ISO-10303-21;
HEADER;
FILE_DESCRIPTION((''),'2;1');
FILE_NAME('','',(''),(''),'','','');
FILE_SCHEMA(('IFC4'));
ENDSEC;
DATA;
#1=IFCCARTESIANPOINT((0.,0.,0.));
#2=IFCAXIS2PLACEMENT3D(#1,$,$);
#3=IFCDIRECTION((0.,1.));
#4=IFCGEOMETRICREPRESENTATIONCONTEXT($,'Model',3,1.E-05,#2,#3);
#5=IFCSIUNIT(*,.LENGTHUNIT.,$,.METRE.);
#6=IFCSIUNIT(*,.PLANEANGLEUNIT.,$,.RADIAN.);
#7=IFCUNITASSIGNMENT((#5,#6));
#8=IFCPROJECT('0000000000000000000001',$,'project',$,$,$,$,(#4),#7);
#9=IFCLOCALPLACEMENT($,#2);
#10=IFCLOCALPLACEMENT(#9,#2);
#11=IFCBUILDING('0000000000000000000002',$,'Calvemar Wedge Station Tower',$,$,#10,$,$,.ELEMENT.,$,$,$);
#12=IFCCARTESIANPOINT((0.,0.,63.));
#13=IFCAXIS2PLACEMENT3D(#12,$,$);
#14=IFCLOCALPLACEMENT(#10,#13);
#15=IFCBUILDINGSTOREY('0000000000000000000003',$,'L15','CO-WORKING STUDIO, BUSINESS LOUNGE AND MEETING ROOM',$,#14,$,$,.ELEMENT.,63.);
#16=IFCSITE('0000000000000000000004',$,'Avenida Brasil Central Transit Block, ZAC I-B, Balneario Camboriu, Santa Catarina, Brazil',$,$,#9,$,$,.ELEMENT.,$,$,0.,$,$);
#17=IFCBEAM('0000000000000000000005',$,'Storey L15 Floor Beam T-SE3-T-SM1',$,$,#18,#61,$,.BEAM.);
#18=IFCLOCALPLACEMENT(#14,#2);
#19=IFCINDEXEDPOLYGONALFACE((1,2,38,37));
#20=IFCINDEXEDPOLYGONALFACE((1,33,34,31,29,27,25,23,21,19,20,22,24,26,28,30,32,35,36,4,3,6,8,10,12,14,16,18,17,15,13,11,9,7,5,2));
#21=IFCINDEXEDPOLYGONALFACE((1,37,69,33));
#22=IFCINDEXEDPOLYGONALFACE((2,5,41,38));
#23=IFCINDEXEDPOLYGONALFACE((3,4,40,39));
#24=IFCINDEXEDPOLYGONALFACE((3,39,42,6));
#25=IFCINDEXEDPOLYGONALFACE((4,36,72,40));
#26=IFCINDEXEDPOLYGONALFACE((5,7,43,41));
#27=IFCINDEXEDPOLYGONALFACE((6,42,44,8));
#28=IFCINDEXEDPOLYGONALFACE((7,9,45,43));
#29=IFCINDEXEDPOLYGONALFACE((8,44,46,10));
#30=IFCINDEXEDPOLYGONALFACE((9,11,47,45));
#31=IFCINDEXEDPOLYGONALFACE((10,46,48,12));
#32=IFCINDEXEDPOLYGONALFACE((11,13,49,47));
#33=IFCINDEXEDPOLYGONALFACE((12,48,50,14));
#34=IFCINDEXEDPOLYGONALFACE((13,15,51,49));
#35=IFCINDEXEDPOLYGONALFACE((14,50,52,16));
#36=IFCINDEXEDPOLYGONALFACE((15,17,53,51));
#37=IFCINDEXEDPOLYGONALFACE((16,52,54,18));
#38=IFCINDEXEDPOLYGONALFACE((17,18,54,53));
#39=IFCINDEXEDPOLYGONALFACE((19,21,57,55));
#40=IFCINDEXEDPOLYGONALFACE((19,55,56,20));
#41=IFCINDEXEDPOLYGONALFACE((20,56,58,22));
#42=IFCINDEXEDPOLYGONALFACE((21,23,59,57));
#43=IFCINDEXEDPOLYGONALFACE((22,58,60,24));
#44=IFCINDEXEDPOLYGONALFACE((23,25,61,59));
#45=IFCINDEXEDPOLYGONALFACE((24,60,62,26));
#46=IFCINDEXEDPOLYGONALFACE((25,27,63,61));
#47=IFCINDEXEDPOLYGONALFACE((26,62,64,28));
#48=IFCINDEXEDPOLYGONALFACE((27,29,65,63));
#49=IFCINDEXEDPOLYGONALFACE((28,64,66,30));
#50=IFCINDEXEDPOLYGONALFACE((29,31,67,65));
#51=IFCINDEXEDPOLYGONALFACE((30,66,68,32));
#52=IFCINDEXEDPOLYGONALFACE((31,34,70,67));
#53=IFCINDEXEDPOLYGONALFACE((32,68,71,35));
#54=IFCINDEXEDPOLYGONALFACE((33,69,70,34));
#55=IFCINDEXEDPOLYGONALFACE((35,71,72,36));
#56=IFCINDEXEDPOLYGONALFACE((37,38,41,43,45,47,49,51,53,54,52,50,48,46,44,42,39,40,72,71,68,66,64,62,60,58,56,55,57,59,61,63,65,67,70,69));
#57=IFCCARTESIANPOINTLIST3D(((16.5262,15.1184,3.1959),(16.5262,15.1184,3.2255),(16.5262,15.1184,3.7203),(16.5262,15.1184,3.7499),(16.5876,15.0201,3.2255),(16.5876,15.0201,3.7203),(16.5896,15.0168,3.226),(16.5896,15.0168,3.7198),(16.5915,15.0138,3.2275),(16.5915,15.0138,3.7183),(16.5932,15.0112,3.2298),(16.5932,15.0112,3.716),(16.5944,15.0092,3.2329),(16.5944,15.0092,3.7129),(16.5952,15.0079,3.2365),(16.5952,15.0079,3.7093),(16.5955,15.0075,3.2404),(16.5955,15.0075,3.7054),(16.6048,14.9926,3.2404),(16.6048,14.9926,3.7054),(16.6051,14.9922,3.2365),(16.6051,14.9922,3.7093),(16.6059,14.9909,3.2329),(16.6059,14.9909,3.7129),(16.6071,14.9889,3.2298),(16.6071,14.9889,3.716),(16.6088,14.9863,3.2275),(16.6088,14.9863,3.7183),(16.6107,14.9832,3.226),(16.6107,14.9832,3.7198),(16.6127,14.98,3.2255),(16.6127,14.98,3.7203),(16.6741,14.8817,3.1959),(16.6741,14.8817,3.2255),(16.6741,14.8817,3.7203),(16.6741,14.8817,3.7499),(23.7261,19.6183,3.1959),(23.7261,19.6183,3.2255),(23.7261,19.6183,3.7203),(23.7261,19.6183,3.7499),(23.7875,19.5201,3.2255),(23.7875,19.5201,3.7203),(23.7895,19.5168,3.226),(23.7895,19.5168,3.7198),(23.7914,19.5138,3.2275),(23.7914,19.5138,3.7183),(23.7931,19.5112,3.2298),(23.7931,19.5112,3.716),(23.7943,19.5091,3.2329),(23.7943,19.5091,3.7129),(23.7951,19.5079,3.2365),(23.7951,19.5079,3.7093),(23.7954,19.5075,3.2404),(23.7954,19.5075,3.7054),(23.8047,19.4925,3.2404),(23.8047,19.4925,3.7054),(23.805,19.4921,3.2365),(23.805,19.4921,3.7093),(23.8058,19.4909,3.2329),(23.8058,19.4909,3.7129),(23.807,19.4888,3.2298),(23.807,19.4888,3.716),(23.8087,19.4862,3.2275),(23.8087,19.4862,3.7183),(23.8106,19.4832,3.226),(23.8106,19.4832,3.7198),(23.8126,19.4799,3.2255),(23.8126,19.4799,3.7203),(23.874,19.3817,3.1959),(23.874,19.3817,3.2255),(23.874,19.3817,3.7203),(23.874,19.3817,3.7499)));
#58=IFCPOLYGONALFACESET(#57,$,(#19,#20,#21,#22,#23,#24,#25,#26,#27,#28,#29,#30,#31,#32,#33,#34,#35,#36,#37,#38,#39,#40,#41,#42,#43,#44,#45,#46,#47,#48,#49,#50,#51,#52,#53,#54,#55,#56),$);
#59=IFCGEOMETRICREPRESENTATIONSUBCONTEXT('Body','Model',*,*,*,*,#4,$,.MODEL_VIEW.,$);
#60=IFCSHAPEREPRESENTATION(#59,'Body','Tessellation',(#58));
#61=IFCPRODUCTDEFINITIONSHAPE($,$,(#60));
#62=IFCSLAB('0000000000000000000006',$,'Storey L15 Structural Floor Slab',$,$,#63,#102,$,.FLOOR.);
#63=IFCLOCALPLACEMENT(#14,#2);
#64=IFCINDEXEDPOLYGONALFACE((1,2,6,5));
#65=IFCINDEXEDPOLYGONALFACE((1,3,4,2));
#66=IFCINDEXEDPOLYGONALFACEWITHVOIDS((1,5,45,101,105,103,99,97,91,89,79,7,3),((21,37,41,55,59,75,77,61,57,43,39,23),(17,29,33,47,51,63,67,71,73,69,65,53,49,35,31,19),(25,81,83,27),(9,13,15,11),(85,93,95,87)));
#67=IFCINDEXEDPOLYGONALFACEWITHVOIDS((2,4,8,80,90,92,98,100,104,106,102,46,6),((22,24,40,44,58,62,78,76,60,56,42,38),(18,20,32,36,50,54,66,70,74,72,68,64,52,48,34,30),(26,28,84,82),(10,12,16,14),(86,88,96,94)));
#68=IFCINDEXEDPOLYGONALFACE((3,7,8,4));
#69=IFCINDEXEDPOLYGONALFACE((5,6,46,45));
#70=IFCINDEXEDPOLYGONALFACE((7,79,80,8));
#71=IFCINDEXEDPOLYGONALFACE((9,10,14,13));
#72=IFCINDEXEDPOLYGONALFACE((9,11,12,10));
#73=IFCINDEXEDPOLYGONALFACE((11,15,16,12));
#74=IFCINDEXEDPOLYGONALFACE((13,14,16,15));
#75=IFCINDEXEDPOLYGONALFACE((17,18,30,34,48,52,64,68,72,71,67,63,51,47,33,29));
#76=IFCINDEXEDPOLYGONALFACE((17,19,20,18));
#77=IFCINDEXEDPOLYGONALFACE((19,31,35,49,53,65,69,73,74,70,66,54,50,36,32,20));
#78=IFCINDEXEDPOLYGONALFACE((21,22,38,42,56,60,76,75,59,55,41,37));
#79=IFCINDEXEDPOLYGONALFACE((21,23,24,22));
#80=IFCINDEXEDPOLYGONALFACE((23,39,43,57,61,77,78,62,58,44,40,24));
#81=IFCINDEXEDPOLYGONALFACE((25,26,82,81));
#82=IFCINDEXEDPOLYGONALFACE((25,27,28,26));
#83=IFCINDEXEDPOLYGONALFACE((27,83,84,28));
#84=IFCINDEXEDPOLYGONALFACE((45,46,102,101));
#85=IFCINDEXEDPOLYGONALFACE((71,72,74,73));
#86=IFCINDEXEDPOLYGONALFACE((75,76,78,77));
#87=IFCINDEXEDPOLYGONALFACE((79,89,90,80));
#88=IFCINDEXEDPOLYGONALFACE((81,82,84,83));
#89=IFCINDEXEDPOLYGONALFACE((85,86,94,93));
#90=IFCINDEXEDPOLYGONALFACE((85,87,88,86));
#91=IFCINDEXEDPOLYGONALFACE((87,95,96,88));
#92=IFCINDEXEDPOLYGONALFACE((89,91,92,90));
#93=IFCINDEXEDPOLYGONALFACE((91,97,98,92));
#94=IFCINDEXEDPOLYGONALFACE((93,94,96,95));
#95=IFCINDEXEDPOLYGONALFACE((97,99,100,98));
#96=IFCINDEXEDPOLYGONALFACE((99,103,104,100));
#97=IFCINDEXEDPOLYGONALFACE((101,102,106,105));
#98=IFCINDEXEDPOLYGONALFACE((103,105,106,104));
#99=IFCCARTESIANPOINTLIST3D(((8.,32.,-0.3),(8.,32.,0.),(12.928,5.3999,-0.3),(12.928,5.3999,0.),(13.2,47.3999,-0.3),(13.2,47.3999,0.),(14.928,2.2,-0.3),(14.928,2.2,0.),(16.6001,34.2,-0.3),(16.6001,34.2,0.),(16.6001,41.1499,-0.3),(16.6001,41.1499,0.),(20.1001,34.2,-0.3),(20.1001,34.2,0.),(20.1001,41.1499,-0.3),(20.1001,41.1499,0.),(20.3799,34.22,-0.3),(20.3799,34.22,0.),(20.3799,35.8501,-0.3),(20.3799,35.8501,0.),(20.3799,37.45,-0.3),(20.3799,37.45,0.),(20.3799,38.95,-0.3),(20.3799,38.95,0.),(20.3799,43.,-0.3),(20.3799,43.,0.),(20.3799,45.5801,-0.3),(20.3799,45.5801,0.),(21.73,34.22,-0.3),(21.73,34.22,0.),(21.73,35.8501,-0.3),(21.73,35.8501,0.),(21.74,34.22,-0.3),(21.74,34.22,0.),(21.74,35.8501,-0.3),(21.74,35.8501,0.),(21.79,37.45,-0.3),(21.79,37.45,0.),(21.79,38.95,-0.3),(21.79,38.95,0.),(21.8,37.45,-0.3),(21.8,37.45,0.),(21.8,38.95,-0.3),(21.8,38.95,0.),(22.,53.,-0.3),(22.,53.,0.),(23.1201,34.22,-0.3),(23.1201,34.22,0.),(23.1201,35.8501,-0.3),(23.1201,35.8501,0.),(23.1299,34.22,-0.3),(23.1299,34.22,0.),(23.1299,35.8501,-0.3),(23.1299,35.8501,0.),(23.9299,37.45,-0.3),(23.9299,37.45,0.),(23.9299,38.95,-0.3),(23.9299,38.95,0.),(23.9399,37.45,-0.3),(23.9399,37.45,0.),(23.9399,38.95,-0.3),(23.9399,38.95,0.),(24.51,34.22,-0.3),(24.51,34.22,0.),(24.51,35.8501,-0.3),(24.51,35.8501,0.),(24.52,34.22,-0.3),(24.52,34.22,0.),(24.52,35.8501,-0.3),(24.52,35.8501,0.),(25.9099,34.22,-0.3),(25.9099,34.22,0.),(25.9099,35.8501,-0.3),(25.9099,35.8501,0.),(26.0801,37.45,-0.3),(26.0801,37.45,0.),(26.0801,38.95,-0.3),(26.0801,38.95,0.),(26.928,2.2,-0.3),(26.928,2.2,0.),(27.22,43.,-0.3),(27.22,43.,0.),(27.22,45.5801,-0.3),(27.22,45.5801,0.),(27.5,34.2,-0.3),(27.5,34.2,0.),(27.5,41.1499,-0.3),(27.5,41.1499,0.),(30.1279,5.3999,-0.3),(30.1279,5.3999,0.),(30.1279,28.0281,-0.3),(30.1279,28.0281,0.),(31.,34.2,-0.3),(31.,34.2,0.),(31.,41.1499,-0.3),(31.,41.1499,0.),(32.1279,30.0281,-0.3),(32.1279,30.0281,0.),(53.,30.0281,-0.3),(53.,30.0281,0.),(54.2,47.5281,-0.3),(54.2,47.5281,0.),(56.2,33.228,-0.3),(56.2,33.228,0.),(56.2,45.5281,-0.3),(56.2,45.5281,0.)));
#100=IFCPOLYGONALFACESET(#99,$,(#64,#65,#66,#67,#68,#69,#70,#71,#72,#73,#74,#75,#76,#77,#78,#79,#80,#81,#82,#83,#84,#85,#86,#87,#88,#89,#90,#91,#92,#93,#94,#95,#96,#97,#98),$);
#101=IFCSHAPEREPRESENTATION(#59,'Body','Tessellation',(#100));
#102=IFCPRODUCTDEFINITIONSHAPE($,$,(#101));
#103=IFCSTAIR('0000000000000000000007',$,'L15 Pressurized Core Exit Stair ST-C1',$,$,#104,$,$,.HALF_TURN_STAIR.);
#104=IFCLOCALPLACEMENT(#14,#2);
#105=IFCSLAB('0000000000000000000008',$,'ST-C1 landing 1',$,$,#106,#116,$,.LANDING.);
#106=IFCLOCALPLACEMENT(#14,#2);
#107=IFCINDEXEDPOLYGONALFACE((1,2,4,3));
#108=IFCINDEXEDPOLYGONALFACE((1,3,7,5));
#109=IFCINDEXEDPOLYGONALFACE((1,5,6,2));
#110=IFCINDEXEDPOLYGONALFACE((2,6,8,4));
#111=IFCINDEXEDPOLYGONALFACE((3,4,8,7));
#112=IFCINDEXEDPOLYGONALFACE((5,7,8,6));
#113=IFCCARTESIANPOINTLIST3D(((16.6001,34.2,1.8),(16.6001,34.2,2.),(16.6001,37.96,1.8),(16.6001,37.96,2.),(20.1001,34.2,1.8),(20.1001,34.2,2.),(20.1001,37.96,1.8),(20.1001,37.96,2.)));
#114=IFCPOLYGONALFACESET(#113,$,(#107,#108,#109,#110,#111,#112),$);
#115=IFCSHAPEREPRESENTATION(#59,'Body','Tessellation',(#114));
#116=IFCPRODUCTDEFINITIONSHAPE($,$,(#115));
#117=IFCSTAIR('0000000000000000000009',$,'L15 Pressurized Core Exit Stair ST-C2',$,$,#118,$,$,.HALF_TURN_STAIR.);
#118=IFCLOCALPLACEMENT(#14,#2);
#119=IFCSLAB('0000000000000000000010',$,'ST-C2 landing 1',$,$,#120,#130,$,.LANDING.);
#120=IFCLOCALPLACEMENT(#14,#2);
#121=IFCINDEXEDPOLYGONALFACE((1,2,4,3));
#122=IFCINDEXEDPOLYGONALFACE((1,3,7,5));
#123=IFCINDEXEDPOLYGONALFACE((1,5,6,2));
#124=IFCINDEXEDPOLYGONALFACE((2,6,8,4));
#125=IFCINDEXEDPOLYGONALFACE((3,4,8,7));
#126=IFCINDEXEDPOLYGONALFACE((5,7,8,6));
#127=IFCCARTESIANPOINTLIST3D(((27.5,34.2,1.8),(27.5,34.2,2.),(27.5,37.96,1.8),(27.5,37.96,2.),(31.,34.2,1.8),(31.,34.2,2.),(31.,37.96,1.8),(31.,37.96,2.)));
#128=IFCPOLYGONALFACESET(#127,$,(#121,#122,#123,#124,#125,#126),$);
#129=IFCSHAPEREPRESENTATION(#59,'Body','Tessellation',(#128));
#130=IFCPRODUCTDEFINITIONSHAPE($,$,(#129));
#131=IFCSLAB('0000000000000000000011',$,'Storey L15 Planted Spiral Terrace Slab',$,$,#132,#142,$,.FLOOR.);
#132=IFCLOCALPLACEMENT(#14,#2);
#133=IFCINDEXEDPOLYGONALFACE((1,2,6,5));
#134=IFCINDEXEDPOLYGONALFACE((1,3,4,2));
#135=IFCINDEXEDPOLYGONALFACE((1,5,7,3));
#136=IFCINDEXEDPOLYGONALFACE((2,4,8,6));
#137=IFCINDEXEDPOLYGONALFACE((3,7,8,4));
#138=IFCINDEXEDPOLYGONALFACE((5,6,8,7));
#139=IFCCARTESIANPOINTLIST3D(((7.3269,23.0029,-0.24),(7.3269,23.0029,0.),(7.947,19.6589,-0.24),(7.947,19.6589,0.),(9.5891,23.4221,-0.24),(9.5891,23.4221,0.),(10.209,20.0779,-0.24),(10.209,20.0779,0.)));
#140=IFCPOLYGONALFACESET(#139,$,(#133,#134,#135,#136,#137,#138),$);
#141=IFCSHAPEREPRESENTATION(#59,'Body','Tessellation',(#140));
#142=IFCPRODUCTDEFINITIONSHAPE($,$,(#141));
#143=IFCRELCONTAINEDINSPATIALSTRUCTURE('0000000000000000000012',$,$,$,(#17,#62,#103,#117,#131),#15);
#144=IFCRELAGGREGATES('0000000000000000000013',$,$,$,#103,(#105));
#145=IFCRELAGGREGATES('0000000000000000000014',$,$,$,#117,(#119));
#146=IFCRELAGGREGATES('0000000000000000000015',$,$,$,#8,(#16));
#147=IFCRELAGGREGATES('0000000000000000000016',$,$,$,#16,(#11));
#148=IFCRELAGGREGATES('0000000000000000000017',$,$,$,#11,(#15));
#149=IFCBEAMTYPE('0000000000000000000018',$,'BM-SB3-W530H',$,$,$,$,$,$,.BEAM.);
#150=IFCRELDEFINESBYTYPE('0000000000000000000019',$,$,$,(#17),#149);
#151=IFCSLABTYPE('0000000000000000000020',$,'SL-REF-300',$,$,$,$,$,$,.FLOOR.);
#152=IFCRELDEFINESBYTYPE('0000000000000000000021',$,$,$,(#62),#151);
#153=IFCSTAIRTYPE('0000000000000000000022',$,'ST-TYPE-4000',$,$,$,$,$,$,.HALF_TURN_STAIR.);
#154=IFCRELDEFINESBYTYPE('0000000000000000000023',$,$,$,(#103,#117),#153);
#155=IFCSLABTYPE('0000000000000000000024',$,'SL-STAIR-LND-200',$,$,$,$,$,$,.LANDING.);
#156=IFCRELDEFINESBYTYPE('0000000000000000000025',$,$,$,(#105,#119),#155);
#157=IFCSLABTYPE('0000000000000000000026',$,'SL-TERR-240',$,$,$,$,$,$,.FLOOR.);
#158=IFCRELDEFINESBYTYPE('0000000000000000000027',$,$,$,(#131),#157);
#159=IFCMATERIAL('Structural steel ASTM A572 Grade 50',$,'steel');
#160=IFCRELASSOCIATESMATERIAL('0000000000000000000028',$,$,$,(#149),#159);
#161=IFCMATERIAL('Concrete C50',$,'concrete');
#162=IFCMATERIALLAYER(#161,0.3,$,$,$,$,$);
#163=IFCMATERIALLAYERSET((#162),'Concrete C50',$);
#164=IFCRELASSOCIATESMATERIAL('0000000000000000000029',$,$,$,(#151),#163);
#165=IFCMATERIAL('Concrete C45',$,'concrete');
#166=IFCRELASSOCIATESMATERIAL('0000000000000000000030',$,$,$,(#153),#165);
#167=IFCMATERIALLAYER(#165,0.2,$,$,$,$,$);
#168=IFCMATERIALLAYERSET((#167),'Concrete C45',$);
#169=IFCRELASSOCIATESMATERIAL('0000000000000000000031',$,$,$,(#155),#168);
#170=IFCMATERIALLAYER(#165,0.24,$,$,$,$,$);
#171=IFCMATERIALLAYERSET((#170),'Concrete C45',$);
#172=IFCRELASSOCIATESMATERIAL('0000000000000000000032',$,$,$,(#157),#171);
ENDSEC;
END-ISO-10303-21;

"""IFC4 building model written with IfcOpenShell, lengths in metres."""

from ifc_helpers import new_model, si_unit, direction, frame, origin, origin_2d, place, context, subcontext, project, spatial, polyline, i_section, outline, extrude, source, transform, mapped, material, layer, layer_set, material_profile, profile_set, type_object, element, aggregate, save


model = new_model("IFC4")

# Units and contexts
model_context = context("Model", 3, precision=1e-05, world=origin(), true_north=direction((0.0, 1.0)))
body_context = subcontext(model_context, "Body", "Model", "MODEL_VIEW")
ifc_project = project(units=[si_unit("LENGTHUNIT", "METRE"), si_unit("PLANEANGLEUNIT", "RADIAN")], contexts=[model_context])

# Site, building, storey
site_placement = place(None, origin())
site = spatial("IfcSite", under=ifc_project, at=site_placement, Name="Avenida Brasil Central Transit Block, ZAC I-B, Balneario Camboriu, Santa Catarina, Brazil", CompositionType="ELEMENT", RefElevation=0.0)
building_placement = place(site_placement, origin())
building = spatial("IfcBuilding", under=site, at=building_placement, Name="Calvemar Wedge Station Tower", CompositionType="ELEMENT")
storey_placement = place(building_placement, frame((0.0, 0.0, 63.0)))
storey = spatial("IfcBuildingStorey", under=building, at=storey_placement, Name="L15", Description="CO-WORKING STUDIO, BUSINESS LOUNGE AND MEETING ROOM", CompositionType="ELEMENT", Elevation=63.0)

# Beam
ifc_material_1 = material(Name="Structural steel ASTM A572 Grade 50", Category="steel")
ifc_material_profile_1 = material_profile(ifc_material_1, i_section(OverallWidth=0.2791, OverallDepth=0.554, WebThickness=0.0176, FlangeThickness=0.0295, FilletRadius=0.0149, at=origin_2d()), Name="W530x196")
ifc_profile_set_1 = profile_set([ifc_material_profile_1], Name="Structural steel ASTM A572 Grade 50")
beam_type_1 = type_object("IfcBeamType", Name="BM-SB3-W530H", PredefinedType="BEAM", material=ifc_profile_set_1)
shared_shape_1 = source(origin(), body_context, "Body", "SweptSolid", [
    extrude(i_section(OverallWidth=0.2791, OverallDepth=0.554, WebThickness=0.0176, FlangeThickness=0.0295, FilletRadius=0.0149, at=origin_2d()), origin(), (0.0, 0.0, 1.0), 8.4905),
])
beam_1_placement = place(storey_placement, frame((23.8, 19.5, 3.4729), z_axis=(-0.847997, -0.530002, 0.0), x_axis=(0.530002, -0.847997, 0.0)))
element("IfcBeam", 1, at=beam_1_placement, inside=storey, type_object=beam_type_1, Name="Storey L15 Floor Beam T-SE3-T-SM1", PredefinedType="BEAM", context=body_context, shape_type="MappedRepresentation", body=[
    mapped(shared_shape_1, transform((0.0, 0.0, 0.0), scale=1.0)),
])

# Slab
ifc_material_2 = material(Name="Concrete C50", Category="concrete")
ifc_layer_1 = layer(ifc_material_2, 0.3)
ifc_layer_set_1 = layer_set([ifc_layer_1], Name="Concrete C50")
slab_type_1 = type_object("IfcSlabType", Name="SL-REF-300", PredefinedType="FLOOR", material=ifc_layer_set_1)
slab_1_placement = place(storey_placement, frame((0.0, 0.0, -0.3)))
element("IfcSlab", 2, at=slab_1_placement, inside=storey, type_object=slab_type_1, Name="Storey L15 Structural Floor Slab", PredefinedType="FLOOR", context=body_context, shape_type="SweptSolid", body=[
    extrude(outline(polyline([(8.0, 32.0), (12.928, 5.3999), (14.928, 2.2), (26.928, 2.2), (30.1279, 5.3999), (30.1279, 28.0281), (32.1279, 30.0281), (53.0, 30.0281), (56.2, 33.228), (56.2, 45.5281), (54.2, 47.5281), (22.0, 53.0), (13.2, 47.3999), (8.0, 32.0)]), holes=[polyline([(21.74, 35.8501), (21.73, 35.8501), (20.3799, 35.8501), (20.3799, 34.22), (21.73, 34.22), (21.74, 34.22), (23.1201, 34.22), (23.1299, 34.22), (24.51, 34.22), (24.52, 34.22), (25.9099, 34.22), (25.9099, 35.8501), (24.52, 35.8501), (24.51, 35.8501), (23.1299, 35.8501), (23.1201, 35.8501), (21.74, 35.8501)]), polyline([(16.6001, 41.1499), (16.6001, 34.2), (20.1001, 34.2), (20.1001, 41.1499), (16.6001, 41.1499)]), polyline([(27.5, 34.2), (31.0, 34.2), (31.0, 41.1499), (27.5, 41.1499), (27.5, 34.2)]), polyline([(21.79, 37.45), (21.8, 37.45), (23.9299, 37.45), (23.9399, 37.45), (26.0801, 37.45), (26.0801, 38.95), (23.9399, 38.95), (23.9299, 38.95), (21.8, 38.95), (21.79, 38.95), (20.3799, 38.95), (20.3799, 37.45), (21.79, 37.45)]), polyline([(20.3799, 43.0), (27.22, 43.0), (27.22, 45.5801), (20.3799, 45.5801), (20.3799, 43.0)])]), origin(), (0.0, 0.0, 1.0), 0.3),
])

# Stairs, slabs
ifc_material_3 = material(Name="Concrete C45", Category="concrete")
stair_type = type_object("IfcStairType", Name="ST-TYPE-4000", PredefinedType="HALF_TURN_STAIR", material=ifc_material_3)
stair_1_placement = place(storey_placement, origin())
stair_1 = element("IfcStair", 3, at=stair_1_placement, inside=storey, type_object=stair_type, Name="L15 Pressurized Core Exit Stair ST-C1", PredefinedType="HALF_TURN_STAIR")
ifc_layer_2 = layer(ifc_material_3, 0.2)
ifc_layer_set_2 = layer_set([ifc_layer_2], Name="Concrete C45")
slab_type_2 = type_object("IfcSlabType", Name="SL-STAIR-LND-200", PredefinedType="LANDING", material=ifc_layer_set_2)
slab_2_placement = place(storey_placement, frame((0.0, 0.0, 1.8)))
slab_2 = element("IfcSlab", 4, at=slab_2_placement, type_object=slab_type_2, Name="ST-C1 landing 1", PredefinedType="LANDING", context=body_context, shape_type="SweptSolid", body=[
    extrude(outline(polyline([(16.6001, 37.96), (16.6001, 34.2), (20.1001, 34.2), (20.1001, 37.96), (16.6001, 37.96)])), origin(), (0.0, 0.0, 1.0), 0.2),
])
aggregate(stair_1, [slab_2])
stair_2_placement = place(storey_placement, origin())
stair_2 = element("IfcStair", 5, at=stair_2_placement, inside=storey, type_object=stair_type, Name="L15 Pressurized Core Exit Stair ST-C2", PredefinedType="HALF_TURN_STAIR")
slab_3_placement = place(storey_placement, frame((0.0, 0.0, 1.8)))
slab_3 = element("IfcSlab", 6, at=slab_3_placement, type_object=slab_type_2, Name="ST-C2 landing 1", PredefinedType="LANDING", context=body_context, shape_type="SweptSolid", body=[
    extrude(outline(polyline([(27.5, 37.96), (27.5, 34.2), (31.0, 34.2), (31.0, 37.96), (27.5, 37.96)])), origin(), (0.0, 0.0, 1.0), 0.2),
])
aggregate(stair_2, [slab_3])

# Slab
ifc_layer_3 = layer(ifc_material_3, 0.24)
ifc_layer_set_3 = layer_set([ifc_layer_3], Name="Concrete C45")
slab_type_3 = type_object("IfcSlabType", Name="SL-TERR-240", PredefinedType="FLOOR", material=ifc_layer_set_3)
slab_4_placement = place(storey_placement, frame((0.0, 0.0, -0.24)))
element("IfcSlab", 7, at=slab_4_placement, inside=storey, type_object=slab_type_3, Name="Storey L15 Planted Spiral Terrace Slab", PredefinedType="FLOOR", context=body_context, shape_type="SweptSolid", body=[
    extrude(outline(polyline([(9.5891, 23.4221), (7.3269, 23.0029), (7.947, 19.6589), (10.209, 20.0779), (9.5891, 23.4221)])), origin(), (0.0, 0.0, 1.0), 0.24),
])

save(model, "model.ifc")
